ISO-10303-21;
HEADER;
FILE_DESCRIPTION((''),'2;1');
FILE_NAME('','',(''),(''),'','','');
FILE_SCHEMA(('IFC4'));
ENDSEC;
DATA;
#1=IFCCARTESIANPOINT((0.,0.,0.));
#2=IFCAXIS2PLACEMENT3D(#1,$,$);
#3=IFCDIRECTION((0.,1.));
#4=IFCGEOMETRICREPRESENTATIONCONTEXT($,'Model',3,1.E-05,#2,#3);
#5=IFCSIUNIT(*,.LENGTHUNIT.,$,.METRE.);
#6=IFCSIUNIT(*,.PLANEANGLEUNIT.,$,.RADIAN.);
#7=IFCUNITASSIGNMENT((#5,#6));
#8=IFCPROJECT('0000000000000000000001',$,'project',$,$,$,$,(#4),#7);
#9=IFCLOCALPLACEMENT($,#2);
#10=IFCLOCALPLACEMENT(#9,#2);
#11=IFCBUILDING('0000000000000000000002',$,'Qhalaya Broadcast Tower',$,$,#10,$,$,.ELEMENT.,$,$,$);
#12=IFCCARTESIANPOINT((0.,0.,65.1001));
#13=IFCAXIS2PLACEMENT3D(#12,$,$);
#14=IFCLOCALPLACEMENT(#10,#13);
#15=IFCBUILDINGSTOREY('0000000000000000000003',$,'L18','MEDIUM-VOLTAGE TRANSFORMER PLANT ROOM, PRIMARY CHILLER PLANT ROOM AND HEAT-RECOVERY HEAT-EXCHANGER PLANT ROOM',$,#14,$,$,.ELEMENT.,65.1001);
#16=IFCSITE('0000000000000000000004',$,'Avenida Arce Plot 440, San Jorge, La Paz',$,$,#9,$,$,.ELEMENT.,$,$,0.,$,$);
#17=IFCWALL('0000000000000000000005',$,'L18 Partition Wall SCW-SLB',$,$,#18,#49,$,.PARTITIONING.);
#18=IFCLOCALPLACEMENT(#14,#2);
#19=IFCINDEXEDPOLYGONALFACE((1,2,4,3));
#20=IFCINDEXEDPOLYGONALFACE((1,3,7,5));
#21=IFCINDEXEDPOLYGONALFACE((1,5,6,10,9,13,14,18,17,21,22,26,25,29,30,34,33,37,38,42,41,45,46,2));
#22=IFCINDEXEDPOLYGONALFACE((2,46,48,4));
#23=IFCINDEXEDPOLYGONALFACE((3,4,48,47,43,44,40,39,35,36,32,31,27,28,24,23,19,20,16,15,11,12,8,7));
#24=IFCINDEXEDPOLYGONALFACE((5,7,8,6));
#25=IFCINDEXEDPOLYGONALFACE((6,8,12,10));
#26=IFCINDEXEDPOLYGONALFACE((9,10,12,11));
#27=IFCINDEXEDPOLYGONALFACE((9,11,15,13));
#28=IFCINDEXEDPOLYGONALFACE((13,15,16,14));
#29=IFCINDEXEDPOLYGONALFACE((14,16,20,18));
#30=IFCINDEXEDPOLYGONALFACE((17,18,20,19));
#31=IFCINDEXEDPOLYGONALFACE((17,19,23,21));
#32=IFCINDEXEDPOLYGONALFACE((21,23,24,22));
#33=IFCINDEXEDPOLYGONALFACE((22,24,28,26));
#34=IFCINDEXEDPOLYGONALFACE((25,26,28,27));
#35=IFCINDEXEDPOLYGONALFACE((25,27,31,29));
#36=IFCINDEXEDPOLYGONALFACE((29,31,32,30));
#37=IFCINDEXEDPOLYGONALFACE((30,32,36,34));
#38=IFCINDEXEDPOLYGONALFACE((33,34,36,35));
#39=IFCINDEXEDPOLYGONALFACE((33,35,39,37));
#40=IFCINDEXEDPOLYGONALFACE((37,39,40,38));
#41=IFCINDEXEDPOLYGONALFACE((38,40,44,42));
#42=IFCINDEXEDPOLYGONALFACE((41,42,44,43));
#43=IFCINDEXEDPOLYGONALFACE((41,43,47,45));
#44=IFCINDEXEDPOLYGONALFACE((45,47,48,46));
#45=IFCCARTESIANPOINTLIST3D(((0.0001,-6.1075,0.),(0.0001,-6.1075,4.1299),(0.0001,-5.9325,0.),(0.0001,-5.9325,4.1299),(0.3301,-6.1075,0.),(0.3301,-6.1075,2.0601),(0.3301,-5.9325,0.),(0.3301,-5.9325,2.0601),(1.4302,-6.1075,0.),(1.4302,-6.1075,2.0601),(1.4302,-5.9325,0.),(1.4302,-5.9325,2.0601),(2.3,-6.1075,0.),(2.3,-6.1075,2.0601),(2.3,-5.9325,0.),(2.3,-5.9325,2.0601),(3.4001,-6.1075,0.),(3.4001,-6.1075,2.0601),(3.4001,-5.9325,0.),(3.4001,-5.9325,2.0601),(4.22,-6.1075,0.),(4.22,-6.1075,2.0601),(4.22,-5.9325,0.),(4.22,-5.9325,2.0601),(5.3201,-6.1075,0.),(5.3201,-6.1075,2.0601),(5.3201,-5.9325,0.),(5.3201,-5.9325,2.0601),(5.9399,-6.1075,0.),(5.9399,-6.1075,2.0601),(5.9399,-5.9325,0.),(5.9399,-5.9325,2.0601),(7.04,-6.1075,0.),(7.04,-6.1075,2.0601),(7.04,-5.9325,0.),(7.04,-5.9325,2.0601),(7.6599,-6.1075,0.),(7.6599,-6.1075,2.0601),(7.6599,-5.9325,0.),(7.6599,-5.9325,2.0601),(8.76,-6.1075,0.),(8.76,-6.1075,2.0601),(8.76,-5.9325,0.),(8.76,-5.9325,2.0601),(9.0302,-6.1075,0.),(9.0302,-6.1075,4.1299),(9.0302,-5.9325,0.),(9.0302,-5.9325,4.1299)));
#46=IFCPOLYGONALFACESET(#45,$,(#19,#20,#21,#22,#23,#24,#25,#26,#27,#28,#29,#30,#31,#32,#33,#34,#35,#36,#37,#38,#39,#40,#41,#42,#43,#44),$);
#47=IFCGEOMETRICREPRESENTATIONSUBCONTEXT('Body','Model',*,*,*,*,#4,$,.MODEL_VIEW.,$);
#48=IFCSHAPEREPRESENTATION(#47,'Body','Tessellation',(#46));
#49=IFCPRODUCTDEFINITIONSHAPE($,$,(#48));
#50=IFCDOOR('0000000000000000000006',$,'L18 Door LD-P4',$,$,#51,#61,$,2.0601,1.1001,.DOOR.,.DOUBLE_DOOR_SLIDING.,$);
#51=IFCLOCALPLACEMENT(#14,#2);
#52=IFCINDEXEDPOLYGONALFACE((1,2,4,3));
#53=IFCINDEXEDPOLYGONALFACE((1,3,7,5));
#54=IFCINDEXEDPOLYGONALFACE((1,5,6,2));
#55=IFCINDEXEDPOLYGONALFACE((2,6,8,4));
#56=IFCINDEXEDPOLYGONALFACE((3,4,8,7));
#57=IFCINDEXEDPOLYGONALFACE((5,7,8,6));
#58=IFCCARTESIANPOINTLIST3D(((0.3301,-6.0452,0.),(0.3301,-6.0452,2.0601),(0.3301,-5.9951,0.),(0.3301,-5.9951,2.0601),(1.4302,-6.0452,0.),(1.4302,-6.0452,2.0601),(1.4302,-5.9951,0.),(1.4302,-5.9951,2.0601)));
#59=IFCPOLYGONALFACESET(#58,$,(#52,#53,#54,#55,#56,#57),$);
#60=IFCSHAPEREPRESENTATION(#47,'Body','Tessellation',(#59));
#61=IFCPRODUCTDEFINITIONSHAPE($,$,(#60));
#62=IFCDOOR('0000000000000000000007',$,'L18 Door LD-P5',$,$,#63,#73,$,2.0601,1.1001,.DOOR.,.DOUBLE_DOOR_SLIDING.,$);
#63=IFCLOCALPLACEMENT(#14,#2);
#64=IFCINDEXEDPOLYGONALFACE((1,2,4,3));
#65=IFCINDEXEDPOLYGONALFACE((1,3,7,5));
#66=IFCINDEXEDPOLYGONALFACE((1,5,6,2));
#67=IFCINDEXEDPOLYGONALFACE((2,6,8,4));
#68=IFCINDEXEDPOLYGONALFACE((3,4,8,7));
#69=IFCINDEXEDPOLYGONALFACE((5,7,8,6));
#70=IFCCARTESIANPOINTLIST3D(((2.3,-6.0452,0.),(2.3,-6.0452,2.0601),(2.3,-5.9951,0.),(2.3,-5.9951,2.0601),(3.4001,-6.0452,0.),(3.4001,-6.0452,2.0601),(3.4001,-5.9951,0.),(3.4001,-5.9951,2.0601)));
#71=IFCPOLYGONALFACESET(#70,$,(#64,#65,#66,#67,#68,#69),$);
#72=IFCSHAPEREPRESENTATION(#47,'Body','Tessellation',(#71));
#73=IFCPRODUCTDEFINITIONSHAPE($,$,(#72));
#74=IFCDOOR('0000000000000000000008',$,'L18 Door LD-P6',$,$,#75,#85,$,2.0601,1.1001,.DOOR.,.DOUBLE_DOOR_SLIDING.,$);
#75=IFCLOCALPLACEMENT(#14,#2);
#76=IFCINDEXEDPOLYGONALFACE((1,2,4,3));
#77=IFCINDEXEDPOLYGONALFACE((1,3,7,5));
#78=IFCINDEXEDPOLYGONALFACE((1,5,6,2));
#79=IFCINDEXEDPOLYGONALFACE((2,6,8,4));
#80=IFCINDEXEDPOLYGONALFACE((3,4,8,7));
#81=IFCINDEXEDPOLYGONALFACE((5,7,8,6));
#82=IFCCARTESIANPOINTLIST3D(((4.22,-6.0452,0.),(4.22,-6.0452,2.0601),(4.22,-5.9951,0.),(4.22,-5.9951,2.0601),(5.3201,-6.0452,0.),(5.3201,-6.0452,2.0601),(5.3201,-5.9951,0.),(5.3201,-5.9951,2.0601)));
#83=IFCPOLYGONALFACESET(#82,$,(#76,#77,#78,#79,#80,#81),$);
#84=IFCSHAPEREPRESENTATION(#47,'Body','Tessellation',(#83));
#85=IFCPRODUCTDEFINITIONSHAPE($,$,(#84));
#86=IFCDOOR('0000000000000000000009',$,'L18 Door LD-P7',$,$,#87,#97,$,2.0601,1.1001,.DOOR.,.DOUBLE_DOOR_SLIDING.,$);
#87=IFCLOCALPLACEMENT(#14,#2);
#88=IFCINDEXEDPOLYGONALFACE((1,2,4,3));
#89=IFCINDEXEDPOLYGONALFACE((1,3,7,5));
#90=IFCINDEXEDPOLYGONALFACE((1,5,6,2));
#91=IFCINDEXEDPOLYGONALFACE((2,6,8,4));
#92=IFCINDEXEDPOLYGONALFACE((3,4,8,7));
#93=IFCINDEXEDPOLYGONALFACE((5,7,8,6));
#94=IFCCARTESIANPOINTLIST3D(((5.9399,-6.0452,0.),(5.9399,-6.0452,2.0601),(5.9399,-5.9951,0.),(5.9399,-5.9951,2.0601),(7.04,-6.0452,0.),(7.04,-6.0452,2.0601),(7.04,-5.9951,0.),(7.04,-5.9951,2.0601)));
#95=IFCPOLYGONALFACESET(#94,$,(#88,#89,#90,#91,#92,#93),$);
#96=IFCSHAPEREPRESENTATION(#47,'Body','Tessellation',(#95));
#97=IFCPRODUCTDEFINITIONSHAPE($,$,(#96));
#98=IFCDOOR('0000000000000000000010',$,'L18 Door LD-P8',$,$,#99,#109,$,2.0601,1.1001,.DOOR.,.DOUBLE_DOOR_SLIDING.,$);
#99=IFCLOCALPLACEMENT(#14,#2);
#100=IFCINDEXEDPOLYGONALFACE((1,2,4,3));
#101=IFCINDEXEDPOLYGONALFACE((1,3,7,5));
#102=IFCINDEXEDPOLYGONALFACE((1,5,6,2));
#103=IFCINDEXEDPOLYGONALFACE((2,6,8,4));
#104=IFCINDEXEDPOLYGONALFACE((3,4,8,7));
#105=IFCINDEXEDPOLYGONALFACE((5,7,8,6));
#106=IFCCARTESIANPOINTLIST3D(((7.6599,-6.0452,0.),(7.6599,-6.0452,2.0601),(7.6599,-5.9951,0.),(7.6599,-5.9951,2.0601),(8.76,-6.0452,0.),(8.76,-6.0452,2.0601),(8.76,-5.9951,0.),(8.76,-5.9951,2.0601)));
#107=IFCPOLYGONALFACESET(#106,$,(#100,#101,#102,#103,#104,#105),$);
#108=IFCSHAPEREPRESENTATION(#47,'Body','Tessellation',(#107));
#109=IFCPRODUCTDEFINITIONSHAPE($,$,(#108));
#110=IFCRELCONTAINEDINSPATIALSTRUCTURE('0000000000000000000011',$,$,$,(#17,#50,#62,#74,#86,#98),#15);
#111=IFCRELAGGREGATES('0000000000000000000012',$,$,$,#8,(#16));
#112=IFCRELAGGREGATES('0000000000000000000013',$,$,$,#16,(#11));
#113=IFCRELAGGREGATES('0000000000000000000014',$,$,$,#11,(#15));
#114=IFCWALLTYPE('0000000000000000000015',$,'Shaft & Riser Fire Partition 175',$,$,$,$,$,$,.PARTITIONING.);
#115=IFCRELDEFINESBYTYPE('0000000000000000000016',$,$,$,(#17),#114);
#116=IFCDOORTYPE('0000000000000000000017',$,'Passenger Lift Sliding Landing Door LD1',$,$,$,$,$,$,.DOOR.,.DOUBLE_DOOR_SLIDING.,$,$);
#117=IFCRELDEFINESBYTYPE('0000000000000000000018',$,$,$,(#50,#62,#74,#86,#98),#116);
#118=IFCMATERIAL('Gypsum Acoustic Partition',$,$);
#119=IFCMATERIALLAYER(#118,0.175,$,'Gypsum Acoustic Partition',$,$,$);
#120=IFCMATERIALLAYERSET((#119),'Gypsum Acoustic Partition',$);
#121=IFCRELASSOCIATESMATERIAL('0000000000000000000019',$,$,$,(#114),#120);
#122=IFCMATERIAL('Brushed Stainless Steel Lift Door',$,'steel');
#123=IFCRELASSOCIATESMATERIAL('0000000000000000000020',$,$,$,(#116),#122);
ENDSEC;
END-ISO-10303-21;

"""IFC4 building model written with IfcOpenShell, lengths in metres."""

from ifc_helpers import new_model, si_unit, direction, frame, frame_2d, origin, place, context, subcontext, project, spatial, rectangle, extrude, material, layer, layer_set, type_object, element, fill, save


model = new_model("IFC4")

# Units and contexts
model_context = context("Model", 3, precision=1e-05, world=origin(), true_north=direction((0.0, 1.0)))
body_context = subcontext(model_context, "Body", "Model", "MODEL_VIEW")
ifc_project = project(units=[si_unit("LENGTHUNIT", "METRE"), si_unit("PLANEANGLEUNIT", "RADIAN")], contexts=[model_context])

# Site, building, storey
site_placement = place(None, origin())
site = spatial("IfcSite", under=ifc_project, at=site_placement, Name="Avenida Arce Plot 440, San Jorge, La Paz", CompositionType="ELEMENT", RefElevation=0.0)
building_placement = place(site_placement, origin())
building = spatial("IfcBuilding", under=site, at=building_placement, Name="Qhalaya Broadcast Tower", CompositionType="ELEMENT")
storey_placement = place(building_placement, frame((0.0, 0.0, 65.1001)))
storey = spatial("IfcBuildingStorey", under=building, at=storey_placement, Name="L18", Description="MEDIUM-VOLTAGE TRANSFORMER PLANT ROOM, PRIMARY CHILLER PLANT ROOM AND HEAT-RECOVERY HEAT-EXCHANGER PLANT ROOM", CompositionType="ELEMENT", Elevation=65.1001)

# Shared definitions
ifc_material_1 = material(Name="Gypsum Acoustic Partition")

# Shared definitions
ifc_layer_1 = layer(ifc_material_1, 0.175, Name="Gypsum Acoustic Partition")
ifc_layer_set_1 = layer_set([ifc_layer_1], Name="Gypsum Acoustic Partition")
wall_type_1 = type_object("IfcWallType", Name="Shaft & Riser Fire Partition 175", PredefinedType="PARTITIONING", material=ifc_layer_set_1)

# Wall, openings, doors
wall_1_placement = place(storey_placement, frame((0.0, -6.02, 0.0), z_axis=(0.0, 0.0, 1.0), x_axis=(1.0, 0.0, 0.0)))
wall_1 = element("IfcWall", 1, at=wall_1_placement, inside=storey, type_object=wall_type_1, Name="L18 Partition Wall SCW-SLB", PredefinedType="PARTITIONING", context=body_context, shape_type="SweptSolid", body=[
    extrude(rectangle(XDim=9.03, YDim=0.175, at=frame_2d((4.5151, 0.0))), origin(), (0.0, 0.0, 1.0), 4.1299),
])
opening_1_placement = place(wall_1_placement, frame((0.3301, 0.0, 0.0)))
opening_1 = element("IfcOpeningElement", 2, at=opening_1_placement, cuts=wall_1, PredefinedType="OPENING", context=body_context, shape_type="SweptSolid", body=[
    extrude(rectangle(XDim=1.1001, YDim=2.0601, at=frame_2d((0.55, 1.03))), frame((0.0, 0.0996, 0.0), z_axis=(0.0, -1.0, 0.0), x_axis=(1.0, 0.0, 0.0)), (0.0, 0.0, 1.0), 0.199),
])
opening_2_placement = place(wall_1_placement, frame((2.3, 0.0, 0.0)))
opening_2 = element("IfcOpeningElement", 3, at=opening_2_placement, cuts=wall_1, PredefinedType="OPENING", context=body_context, shape_type="SweptSolid", body=[
    extrude(rectangle(XDim=1.1001, YDim=2.0601, at=frame_2d((0.55, 1.03))), frame((0.0, 0.0996, 0.0), z_axis=(0.0, -1.0, 0.0), x_axis=(1.0, 0.0, 0.0)), (0.0, 0.0, 1.0), 0.199),
])
opening_3_placement = place(wall_1_placement, frame((4.22, 0.0, 0.0)))
opening_3 = element("IfcOpeningElement", 4, at=opening_3_placement, cuts=wall_1, PredefinedType="OPENING", context=body_context, shape_type="SweptSolid", body=[
    extrude(rectangle(XDim=1.1001, YDim=2.0601, at=frame_2d((0.55, 1.03))), frame((0.0, 0.0996, 0.0), z_axis=(0.0, -1.0, 0.0), x_axis=(1.0, 0.0, 0.0)), (0.0, 0.0, 1.0), 0.199),
])
opening_4_placement = place(wall_1_placement, frame((5.9399, 0.0, 0.0)))
opening_4 = element("IfcOpeningElement", 5, at=opening_4_placement, cuts=wall_1, PredefinedType="OPENING", context=body_context, shape_type="SweptSolid", body=[
    extrude(rectangle(XDim=1.1001, YDim=2.0601, at=frame_2d((0.55, 1.03))), frame((0.0, 0.0996, 0.0), z_axis=(0.0, -1.0, 0.0), x_axis=(1.0, 0.0, 0.0)), (0.0, 0.0, 1.0), 0.199),
])
opening_5_placement = place(wall_1_placement, frame((7.6599, 0.0, 0.0)))
opening_5 = element("IfcOpeningElement", 6, at=opening_5_placement, cuts=wall_1, PredefinedType="OPENING", context=body_context, shape_type="SweptSolid", body=[
    extrude(rectangle(XDim=1.1001, YDim=2.0601, at=frame_2d((0.55, 1.03))), frame((0.0, 0.0996, 0.0), z_axis=(0.0, -1.0, 0.0), x_axis=(1.0, 0.0, 0.0)), (0.0, 0.0, 1.0), 0.199),
])
ifc_material_2 = material(Name="Brushed Stainless Steel Lift Door", Category="steel")
door_type_1 = type_object("IfcDoorType", Name="Passenger Lift Sliding Landing Door LD1", OperationType="DOUBLE_DOOR_SLIDING", PredefinedType="DOOR", material=ifc_material_2)
door_1_placement = place(opening_1_placement, origin())
door_1 = element("IfcDoor", 7, at=door_1_placement, inside=storey, type_object=door_type_1, Name="L18 Door LD-P4", OperationType="DOUBLE_DOOR_SLIDING", OverallHeight=2.0601, OverallWidth=1.1001, PredefinedType="DOOR", context=body_context, shape_type="SweptSolid", body=[
    extrude(rectangle(XDim=1.1001, YDim=2.0601, at=frame_2d((0.55, 1.03))), frame((0.0, 0.0249, 0.0), z_axis=(0.0, -1.0, 0.0), x_axis=(1.0, 0.0, 0.0)), (0.0, 0.0, 1.0), 0.05),
])
fill(opening_1, door_1)
door_2_placement = place(opening_2_placement, origin())
door_2 = element("IfcDoor", 8, at=door_2_placement, inside=storey, type_object=door_type_1, Name="L18 Door LD-P5", OperationType="DOUBLE_DOOR_SLIDING", OverallHeight=2.0601, OverallWidth=1.1001, PredefinedType="DOOR", context=body_context, shape_type="SweptSolid", body=[
    extrude(rectangle(XDim=1.1001, YDim=2.0601, at=frame_2d((0.55, 1.03))), frame((0.0, 0.0249, 0.0), z_axis=(0.0, -1.0, 0.0), x_axis=(1.0, 0.0, 0.0)), (0.0, 0.0, 1.0), 0.05),
])
fill(opening_2, door_2)
door_3_placement = place(opening_3_placement, origin())
door_3 = element("IfcDoor", 9, at=door_3_placement, inside=storey, type_object=door_type_1, Name="L18 Door LD-P6", OperationType="DOUBLE_DOOR_SLIDING", OverallHeight=2.0601, OverallWidth=1.1001, PredefinedType="DOOR", context=body_context, shape_type="SweptSolid", body=[
    extrude(rectangle(XDim=1.1001, YDim=2.0601, at=frame_2d((0.55, 1.03))), frame((0.0, 0.0249, 0.0), z_axis=(0.0, -1.0, 0.0), x_axis=(1.0, 0.0, 0.0)), (0.0, 0.0, 1.0), 0.05),
])
fill(opening_3, door_3)
door_4_placement = place(opening_4_placement, origin())
door_4 = element("IfcDoor", 10, at=door_4_placement, inside=storey, type_object=door_type_1, Name="L18 Door LD-P7", OperationType="DOUBLE_DOOR_SLIDING", OverallHeight=2.0601, OverallWidth=1.1001, PredefinedType="DOOR", context=body_context, shape_type="SweptSolid", body=[
    extrude(rectangle(XDim=1.1001, YDim=2.0601, at=frame_2d((0.55, 1.03))), frame((0.0, 0.0249, 0.0), z_axis=(0.0, -1.0, 0.0), x_axis=(1.0, 0.0, 0.0)), (0.0, 0.0, 1.0), 0.05),
])
fill(opening_4, door_4)
door_5_placement = place(opening_5_placement, origin())
door_5 = element("IfcDoor", 11, at=door_5_placement, inside=storey, type_object=door_type_1, Name="L18 Door LD-P8", OperationType="DOUBLE_DOOR_SLIDING", OverallHeight=2.0601, OverallWidth=1.1001, PredefinedType="DOOR", context=body_context, shape_type="SweptSolid", body=[
    extrude(rectangle(XDim=1.1001, YDim=2.0601, at=frame_2d((0.55, 1.03))), frame((0.0, 0.0249, 0.0), z_axis=(0.0, -1.0, 0.0), x_axis=(1.0, 0.0, 0.0)), (0.0, 0.0, 1.0), 0.05),
])
fill(opening_5, door_5)

save(model, "model.ifc")
